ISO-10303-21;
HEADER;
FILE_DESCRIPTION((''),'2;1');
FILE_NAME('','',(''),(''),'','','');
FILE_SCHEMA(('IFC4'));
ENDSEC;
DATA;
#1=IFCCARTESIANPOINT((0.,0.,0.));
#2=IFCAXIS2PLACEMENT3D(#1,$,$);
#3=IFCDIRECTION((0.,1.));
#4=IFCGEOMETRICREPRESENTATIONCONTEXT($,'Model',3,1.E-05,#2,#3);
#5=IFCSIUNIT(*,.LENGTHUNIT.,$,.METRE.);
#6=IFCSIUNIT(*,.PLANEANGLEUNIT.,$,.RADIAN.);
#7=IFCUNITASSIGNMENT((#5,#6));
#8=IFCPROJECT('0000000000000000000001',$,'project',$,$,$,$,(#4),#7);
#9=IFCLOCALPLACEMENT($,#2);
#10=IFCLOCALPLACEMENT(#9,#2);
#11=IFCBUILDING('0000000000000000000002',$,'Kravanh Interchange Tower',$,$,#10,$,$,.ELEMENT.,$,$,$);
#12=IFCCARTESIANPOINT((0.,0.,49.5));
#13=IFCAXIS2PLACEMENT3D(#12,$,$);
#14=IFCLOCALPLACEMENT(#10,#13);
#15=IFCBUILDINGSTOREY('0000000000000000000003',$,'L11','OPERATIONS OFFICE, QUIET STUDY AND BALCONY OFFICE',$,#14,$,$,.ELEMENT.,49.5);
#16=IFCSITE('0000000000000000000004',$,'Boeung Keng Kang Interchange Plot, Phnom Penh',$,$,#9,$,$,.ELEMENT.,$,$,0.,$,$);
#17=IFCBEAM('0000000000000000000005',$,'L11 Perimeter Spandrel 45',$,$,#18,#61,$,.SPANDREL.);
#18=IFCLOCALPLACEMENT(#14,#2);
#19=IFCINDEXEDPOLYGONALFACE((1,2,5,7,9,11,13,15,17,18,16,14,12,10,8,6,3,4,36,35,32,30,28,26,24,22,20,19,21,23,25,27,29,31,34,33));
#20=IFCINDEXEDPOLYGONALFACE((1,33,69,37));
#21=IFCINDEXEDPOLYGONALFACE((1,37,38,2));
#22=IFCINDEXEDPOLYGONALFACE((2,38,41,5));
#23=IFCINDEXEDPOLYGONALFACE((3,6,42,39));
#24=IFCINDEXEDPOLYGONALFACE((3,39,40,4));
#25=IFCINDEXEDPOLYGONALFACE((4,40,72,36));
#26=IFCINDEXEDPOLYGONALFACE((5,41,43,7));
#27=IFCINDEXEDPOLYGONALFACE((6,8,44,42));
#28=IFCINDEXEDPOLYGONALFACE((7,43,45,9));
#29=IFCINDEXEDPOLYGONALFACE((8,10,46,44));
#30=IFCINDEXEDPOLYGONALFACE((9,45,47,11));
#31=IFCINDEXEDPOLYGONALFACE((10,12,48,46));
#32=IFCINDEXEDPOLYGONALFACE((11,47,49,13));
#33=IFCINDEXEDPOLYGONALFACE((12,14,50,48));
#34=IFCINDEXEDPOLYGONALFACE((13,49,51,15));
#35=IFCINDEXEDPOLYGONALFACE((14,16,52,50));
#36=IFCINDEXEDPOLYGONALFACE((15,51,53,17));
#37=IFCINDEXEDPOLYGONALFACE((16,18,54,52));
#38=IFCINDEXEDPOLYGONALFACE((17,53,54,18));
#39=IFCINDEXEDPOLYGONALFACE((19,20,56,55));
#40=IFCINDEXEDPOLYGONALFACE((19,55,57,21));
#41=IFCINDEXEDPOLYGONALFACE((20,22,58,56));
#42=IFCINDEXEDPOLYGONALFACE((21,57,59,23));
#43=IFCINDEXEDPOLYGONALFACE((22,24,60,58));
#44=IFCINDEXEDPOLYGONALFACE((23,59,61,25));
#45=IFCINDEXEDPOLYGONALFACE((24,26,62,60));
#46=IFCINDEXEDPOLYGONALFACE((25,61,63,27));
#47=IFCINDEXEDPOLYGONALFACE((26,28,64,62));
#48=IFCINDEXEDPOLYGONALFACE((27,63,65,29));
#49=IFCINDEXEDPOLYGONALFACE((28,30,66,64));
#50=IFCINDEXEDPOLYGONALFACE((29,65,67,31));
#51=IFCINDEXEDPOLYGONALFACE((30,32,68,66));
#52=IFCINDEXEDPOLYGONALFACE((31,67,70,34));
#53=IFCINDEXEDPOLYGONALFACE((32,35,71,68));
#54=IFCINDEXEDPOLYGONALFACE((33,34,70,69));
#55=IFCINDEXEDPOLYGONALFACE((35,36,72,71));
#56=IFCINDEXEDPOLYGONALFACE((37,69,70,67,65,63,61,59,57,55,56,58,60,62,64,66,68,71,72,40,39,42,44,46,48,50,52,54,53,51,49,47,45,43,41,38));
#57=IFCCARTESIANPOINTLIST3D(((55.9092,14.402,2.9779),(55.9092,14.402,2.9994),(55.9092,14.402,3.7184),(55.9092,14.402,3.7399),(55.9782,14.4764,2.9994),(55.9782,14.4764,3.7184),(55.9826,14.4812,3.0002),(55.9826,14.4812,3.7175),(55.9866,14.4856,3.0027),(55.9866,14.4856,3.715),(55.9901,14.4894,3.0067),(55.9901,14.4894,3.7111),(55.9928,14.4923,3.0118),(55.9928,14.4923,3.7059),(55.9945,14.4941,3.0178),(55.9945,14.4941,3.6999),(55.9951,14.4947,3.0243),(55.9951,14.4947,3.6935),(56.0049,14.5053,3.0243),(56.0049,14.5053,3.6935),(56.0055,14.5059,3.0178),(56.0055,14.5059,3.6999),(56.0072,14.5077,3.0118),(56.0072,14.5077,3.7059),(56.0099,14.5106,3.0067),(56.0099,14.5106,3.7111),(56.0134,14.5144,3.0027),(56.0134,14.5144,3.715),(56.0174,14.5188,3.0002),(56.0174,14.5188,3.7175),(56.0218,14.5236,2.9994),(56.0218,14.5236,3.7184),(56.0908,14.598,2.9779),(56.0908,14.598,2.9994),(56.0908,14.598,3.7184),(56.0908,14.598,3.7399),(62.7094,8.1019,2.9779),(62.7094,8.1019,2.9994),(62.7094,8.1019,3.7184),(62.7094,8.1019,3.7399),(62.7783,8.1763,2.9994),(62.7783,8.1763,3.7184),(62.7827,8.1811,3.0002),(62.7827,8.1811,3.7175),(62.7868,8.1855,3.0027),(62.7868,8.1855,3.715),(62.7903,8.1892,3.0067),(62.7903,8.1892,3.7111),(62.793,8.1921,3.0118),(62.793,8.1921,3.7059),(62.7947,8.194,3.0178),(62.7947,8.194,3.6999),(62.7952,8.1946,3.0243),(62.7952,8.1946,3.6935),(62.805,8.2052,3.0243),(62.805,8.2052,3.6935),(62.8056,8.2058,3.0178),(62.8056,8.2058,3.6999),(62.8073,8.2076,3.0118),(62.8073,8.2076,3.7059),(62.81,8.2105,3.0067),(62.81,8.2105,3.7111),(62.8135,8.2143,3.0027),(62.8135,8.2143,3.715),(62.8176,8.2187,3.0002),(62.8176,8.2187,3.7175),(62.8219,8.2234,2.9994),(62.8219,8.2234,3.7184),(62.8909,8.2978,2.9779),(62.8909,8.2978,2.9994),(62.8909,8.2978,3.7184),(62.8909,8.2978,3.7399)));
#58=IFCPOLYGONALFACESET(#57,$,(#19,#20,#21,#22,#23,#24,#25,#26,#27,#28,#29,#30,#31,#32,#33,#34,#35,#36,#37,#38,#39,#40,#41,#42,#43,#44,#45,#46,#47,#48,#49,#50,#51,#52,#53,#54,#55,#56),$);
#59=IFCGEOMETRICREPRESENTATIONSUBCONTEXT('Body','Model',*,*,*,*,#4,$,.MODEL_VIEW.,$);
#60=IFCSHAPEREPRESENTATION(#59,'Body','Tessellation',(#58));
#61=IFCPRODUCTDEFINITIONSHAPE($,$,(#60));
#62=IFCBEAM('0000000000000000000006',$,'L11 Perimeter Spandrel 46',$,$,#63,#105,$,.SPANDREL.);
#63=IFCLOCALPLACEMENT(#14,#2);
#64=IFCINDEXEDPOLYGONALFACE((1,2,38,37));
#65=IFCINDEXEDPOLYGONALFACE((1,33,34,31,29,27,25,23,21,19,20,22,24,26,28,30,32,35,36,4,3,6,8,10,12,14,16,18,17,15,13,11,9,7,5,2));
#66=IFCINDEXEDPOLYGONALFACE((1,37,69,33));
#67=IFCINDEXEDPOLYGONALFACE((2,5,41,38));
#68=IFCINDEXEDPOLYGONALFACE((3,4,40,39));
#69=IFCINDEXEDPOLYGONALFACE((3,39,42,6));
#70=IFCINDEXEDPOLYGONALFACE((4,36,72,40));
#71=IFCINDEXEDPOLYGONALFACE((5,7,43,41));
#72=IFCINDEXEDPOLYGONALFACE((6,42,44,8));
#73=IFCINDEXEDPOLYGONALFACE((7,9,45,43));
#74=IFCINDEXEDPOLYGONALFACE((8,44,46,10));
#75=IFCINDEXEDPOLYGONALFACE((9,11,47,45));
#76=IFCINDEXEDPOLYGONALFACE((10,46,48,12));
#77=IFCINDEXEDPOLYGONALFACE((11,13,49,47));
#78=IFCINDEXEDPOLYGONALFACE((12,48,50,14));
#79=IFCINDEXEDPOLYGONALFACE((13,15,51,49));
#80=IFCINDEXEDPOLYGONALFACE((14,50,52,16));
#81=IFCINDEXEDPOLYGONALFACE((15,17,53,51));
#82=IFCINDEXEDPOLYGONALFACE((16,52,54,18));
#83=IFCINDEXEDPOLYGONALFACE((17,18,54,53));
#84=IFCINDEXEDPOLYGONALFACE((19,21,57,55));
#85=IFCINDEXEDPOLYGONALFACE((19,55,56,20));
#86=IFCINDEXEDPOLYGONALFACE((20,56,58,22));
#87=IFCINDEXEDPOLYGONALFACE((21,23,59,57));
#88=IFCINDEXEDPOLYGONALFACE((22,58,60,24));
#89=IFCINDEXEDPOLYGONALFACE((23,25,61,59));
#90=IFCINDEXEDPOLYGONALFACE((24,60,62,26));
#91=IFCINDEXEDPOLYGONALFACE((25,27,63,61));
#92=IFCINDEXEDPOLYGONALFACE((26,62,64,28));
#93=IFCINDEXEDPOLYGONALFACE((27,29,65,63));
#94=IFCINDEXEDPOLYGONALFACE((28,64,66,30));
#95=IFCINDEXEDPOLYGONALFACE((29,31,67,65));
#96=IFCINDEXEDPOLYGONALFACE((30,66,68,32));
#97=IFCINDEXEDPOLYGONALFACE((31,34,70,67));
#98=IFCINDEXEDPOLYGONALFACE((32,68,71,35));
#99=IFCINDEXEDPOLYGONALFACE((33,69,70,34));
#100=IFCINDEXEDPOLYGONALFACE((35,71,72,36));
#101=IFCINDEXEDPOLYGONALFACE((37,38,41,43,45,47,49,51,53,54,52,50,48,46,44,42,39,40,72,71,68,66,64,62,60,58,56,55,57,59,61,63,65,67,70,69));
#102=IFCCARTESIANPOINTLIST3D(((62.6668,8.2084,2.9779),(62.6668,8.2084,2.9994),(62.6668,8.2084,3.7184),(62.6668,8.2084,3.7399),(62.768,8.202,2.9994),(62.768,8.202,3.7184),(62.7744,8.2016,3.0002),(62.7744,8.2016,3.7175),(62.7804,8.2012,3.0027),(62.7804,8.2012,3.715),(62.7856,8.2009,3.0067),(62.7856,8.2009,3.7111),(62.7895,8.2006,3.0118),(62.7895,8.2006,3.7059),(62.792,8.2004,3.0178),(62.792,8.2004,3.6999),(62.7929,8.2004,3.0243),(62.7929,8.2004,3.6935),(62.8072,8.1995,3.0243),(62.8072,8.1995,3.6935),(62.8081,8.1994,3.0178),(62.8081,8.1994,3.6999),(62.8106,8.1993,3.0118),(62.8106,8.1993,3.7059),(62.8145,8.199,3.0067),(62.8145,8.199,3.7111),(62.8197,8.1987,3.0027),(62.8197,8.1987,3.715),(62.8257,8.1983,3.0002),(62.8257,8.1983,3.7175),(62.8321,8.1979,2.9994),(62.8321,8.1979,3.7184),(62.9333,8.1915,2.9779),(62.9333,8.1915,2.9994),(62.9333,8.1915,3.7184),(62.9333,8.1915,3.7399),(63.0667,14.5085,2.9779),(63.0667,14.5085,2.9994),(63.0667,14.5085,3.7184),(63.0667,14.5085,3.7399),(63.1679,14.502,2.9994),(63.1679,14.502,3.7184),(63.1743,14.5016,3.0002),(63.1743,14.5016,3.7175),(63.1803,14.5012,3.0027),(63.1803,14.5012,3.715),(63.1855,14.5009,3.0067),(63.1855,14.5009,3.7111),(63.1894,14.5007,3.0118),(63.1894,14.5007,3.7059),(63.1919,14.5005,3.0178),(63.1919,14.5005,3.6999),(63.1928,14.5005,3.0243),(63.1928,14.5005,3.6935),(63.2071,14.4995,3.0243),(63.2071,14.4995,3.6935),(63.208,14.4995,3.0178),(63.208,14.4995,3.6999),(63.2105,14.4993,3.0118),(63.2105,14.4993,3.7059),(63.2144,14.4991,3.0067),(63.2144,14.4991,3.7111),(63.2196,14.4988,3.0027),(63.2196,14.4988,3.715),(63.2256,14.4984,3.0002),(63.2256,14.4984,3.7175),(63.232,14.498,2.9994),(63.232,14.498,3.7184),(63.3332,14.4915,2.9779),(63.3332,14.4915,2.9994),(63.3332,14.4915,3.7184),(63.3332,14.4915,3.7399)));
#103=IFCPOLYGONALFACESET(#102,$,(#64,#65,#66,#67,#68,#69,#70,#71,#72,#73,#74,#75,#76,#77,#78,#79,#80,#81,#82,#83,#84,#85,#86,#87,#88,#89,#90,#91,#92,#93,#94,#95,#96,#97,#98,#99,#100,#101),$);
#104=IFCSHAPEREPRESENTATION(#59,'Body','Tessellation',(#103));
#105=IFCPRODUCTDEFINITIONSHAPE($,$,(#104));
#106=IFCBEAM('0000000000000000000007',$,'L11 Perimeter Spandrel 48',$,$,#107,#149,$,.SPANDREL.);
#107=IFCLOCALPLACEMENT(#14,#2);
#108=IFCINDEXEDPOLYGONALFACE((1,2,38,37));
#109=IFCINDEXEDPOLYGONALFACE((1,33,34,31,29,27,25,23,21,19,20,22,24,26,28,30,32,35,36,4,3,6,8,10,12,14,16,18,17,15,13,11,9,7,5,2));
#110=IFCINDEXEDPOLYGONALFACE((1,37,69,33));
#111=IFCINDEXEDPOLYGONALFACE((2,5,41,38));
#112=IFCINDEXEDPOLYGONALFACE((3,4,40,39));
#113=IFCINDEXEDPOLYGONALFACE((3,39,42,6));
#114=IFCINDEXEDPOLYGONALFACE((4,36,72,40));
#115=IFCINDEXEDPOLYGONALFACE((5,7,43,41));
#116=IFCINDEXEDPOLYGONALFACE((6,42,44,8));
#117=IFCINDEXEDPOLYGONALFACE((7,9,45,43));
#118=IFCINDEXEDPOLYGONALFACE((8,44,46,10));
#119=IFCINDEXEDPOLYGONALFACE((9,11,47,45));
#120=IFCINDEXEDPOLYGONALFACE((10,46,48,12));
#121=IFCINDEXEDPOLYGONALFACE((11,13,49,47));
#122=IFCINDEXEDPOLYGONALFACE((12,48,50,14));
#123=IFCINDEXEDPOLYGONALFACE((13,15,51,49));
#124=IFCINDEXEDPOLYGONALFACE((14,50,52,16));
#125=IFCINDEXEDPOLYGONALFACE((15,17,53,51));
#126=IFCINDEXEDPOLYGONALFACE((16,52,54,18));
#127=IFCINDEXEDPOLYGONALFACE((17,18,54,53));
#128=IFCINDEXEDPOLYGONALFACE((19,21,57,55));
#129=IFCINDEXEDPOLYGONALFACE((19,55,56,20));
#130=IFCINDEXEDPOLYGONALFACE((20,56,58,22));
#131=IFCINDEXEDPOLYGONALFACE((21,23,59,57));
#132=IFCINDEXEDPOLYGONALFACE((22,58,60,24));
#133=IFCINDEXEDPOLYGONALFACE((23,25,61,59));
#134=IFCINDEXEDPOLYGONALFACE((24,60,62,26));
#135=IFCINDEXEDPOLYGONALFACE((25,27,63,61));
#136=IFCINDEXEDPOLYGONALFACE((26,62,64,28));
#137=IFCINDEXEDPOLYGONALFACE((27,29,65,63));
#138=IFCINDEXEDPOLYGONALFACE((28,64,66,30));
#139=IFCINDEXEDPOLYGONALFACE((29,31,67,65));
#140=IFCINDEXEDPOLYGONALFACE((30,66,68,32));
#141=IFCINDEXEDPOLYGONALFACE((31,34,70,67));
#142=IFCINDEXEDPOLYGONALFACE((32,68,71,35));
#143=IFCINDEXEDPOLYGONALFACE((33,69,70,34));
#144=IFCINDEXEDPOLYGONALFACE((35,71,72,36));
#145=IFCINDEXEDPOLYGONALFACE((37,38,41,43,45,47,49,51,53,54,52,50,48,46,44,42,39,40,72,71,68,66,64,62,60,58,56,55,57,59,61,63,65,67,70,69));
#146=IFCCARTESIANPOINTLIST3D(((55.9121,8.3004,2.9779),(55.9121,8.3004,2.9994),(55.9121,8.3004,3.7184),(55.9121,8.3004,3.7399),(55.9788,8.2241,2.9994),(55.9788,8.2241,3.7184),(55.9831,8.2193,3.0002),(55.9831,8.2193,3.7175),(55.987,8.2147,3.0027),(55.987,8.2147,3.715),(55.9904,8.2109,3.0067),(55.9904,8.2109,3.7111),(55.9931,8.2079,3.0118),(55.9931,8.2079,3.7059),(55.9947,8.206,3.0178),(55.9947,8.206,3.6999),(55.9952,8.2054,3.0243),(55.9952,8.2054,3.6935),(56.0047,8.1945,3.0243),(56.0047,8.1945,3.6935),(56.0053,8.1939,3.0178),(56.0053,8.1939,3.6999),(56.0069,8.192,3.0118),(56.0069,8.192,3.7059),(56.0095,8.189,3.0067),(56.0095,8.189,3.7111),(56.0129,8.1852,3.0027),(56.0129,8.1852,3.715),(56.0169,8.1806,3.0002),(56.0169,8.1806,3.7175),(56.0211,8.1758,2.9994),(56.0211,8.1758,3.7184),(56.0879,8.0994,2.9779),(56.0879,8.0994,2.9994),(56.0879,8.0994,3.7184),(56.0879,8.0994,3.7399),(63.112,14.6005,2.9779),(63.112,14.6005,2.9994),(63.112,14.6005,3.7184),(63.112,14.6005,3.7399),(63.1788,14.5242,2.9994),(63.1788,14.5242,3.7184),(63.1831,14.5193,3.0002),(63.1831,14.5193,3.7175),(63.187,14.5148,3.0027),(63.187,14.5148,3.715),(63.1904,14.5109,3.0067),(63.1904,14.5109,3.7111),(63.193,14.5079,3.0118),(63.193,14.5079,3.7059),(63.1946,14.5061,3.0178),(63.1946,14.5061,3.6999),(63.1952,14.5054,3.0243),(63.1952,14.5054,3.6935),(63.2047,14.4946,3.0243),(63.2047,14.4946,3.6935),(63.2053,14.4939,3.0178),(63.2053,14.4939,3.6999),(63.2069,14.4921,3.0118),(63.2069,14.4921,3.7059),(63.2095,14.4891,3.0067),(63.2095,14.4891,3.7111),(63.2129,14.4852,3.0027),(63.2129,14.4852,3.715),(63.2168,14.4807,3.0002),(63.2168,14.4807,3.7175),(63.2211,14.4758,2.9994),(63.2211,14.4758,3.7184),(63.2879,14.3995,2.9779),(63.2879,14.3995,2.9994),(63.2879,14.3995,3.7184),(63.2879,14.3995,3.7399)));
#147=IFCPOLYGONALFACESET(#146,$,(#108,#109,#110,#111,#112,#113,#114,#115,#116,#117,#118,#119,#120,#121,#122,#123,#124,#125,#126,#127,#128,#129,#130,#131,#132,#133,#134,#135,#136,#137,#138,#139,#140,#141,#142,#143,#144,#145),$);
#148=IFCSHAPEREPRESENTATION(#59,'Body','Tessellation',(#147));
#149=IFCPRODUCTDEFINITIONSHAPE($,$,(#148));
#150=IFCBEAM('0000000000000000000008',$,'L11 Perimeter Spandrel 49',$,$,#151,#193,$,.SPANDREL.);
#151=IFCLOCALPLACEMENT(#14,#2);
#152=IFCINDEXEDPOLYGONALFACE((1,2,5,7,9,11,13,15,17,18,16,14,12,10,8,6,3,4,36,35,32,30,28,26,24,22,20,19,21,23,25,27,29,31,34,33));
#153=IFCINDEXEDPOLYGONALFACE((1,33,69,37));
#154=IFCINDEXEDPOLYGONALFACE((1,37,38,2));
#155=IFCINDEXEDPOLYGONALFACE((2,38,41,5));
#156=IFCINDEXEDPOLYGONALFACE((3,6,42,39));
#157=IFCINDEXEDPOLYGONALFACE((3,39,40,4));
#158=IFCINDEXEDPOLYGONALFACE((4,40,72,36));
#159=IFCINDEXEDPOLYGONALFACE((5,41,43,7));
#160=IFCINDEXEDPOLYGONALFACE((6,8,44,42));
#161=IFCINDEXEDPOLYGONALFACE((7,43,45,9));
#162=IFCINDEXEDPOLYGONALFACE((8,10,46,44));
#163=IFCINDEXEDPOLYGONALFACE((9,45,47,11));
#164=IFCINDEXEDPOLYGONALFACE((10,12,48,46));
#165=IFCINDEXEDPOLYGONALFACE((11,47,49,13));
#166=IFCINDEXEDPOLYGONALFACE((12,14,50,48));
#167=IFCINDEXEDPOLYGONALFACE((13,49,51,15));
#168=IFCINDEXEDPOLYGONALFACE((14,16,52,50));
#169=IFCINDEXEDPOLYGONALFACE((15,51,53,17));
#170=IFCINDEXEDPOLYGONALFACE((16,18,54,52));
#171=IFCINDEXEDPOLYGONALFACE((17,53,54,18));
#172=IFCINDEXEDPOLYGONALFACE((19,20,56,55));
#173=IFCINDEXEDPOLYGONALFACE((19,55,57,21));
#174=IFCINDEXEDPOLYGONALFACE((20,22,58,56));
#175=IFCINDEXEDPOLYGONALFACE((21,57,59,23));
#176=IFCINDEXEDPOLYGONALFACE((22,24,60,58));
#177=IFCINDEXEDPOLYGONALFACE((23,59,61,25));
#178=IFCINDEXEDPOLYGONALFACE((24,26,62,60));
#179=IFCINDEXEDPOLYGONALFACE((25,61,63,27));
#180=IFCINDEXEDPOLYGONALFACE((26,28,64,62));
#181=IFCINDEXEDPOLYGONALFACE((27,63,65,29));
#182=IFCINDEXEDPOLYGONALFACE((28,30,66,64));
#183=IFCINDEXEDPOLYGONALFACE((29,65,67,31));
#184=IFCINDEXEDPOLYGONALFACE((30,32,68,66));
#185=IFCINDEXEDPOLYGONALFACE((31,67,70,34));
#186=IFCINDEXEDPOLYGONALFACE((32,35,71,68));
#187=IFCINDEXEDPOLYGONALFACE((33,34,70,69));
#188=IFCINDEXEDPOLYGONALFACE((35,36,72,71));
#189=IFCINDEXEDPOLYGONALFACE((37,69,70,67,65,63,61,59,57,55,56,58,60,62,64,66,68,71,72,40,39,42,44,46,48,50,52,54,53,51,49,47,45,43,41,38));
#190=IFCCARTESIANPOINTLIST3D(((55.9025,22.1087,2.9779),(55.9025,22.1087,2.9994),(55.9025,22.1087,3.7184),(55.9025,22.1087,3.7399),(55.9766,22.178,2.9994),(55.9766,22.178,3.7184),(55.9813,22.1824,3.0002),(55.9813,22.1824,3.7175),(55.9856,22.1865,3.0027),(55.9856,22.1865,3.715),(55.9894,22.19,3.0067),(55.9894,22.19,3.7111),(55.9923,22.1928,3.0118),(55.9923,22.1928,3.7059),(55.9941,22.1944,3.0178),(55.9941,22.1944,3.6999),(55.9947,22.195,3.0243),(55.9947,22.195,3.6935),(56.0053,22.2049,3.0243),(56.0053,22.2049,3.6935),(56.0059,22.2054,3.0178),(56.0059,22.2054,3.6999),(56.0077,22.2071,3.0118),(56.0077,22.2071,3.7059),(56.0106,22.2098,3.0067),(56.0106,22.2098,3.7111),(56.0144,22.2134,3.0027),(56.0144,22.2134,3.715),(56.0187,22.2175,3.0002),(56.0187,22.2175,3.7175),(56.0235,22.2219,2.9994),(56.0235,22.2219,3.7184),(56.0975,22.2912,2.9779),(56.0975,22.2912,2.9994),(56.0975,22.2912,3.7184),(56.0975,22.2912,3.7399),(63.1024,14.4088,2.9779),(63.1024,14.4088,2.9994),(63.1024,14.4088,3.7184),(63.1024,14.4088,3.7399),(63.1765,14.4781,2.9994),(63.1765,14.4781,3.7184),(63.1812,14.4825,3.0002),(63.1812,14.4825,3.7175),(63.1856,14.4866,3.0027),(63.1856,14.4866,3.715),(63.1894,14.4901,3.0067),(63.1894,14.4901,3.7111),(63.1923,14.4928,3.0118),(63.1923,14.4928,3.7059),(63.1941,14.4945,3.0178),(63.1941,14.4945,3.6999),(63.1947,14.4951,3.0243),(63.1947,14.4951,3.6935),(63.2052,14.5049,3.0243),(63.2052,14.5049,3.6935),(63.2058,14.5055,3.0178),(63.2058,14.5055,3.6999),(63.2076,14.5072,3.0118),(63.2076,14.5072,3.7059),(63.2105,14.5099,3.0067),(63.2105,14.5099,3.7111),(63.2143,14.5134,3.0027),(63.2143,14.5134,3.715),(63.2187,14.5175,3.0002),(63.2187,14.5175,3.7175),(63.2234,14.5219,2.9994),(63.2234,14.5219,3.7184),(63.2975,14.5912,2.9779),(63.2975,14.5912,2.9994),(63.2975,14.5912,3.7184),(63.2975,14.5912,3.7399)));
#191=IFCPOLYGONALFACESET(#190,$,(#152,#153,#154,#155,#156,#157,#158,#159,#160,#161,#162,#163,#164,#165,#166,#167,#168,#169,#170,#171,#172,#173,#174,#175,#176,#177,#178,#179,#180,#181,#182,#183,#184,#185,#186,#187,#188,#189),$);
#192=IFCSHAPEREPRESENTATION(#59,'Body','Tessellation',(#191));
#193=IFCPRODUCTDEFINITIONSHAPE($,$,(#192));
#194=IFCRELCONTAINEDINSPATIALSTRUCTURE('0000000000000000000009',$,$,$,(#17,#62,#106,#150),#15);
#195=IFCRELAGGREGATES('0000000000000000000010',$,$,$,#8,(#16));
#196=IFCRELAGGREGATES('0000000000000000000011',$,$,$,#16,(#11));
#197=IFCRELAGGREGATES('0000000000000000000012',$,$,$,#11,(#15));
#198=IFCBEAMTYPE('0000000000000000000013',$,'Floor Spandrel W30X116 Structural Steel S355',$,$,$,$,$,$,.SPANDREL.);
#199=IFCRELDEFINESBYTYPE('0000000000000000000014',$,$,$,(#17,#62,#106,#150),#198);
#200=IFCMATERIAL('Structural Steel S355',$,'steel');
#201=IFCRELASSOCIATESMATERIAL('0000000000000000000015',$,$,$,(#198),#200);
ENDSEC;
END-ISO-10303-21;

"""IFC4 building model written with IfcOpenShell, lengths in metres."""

from ifc_helpers import new_model, si_unit, direction, frame, origin, origin_2d, place, context, subcontext, project, spatial, i_section, extrude, material, material_profile, profile_set, type_object, element, save


model = new_model("IFC4")

# Units and contexts
model_context = context("Model", 3, precision=1e-05, world=origin(), true_north=direction((0.0, 1.0)))
body_context = subcontext(model_context, "Body", "Model", "MODEL_VIEW")
ifc_project = project(units=[si_unit("LENGTHUNIT", "METRE"), si_unit("PLANEANGLEUNIT", "RADIAN")], contexts=[model_context])

# Site, building, storey
site_placement = place(None, origin())
site = spatial("IfcSite", under=ifc_project, at=site_placement, Name="Boeung Keng Kang Interchange Plot, Phnom Penh", CompositionType="ELEMENT", RefElevation=0.0)
building_placement = place(site_placement, origin())
building = spatial("IfcBuilding", under=site, at=building_placement, Name="Kravanh Interchange Tower", CompositionType="ELEMENT")
storey_placement = place(building_placement, frame((0.0, 0.0, 49.5)))
storey = spatial("IfcBuildingStorey", under=building, at=storey_placement, Name="L11", Description="OPERATIONS OFFICE, QUIET STUDY AND BALCONY OFFICE", CompositionType="ELEMENT", Elevation=49.5)

# Beams
ifc_material_1 = material(Name="Structural Steel S355", Category="steel")
ifc_material_profile_1 = material_profile(ifc_material_1, i_section(OverallWidth=0.2671, OverallDepth=0.762, WebThickness=0.0144, FlangeThickness=0.0215, FilletRadius=0.0249, at=origin_2d()), Name="W30X116")
ifc_profile_set_1 = profile_set([ifc_material_profile_1], Name="Structural Steel S355")
beam_type_1 = type_object("IfcBeamType", Name="Floor Spandrel W30X116 Structural Steel S355", PredefinedType="SPANDREL", material=ifc_profile_set_1)
beam_1_placement = place(storey_placement, frame((56.0, 14.5, 3.3589), z_axis=(0.733561, -0.679623, 0.0), x_axis=(0.679623, 0.733561, 0.0)))
element("IfcBeam", 1, at=beam_1_placement, inside=storey, type_object=beam_type_1, Name="L11 Perimeter Spandrel 45", PredefinedType="SPANDREL", context=body_context, shape_type="SweptSolid", body=[
    extrude(i_section(OverallWidth=0.2671, OverallDepth=0.762, WebThickness=0.0144, FlangeThickness=0.0215, FilletRadius=0.0249, at=origin_2d()), origin(), (0.0, 0.0, 1.0), 9.27),
])
beam_2_placement = place(storey_placement, frame((63.2, 14.5, 3.3589), z_axis=(-0.063349, -0.997991, 0.0), x_axis=(0.997991, -0.063349, 0.0)))
element("IfcBeam", 2, at=beam_2_placement, inside=storey, type_object=beam_type_1, Name="L11 Perimeter Spandrel 46", PredefinedType="SPANDREL", context=body_context, shape_type="SweptSolid", body=[
    extrude(i_section(OverallWidth=0.2671, OverallDepth=0.762, WebThickness=0.0144, FlangeThickness=0.0215, FilletRadius=0.0249, at=origin_2d()), origin(), (0.0, 0.0, 1.0), 6.3127),
])
beam_3_placement = place(storey_placement, frame((63.2, 14.5, 3.3589), z_axis=(-0.752572, -0.65851, 0.0), x_axis=(0.65851, -0.752572, 0.0)))
element("IfcBeam", 3, at=beam_3_placement, inside=storey, type_object=beam_type_1, Name="L11 Perimeter Spandrel 48", PredefinedType="SPANDREL", context=body_context, shape_type="SweptSolid", body=[
    extrude(i_section(OverallWidth=0.2671, OverallDepth=0.762, WebThickness=0.0144, FlangeThickness=0.0215, FilletRadius=0.0249, at=origin_2d()), origin(), (0.0, 0.0, 1.0), 9.5671),
])
beam_4_placement = place(storey_placement, frame((63.2, 14.5, 3.3589), z_axis=(-0.682994, 0.730424, 0.0), x_axis=(-0.730424, -0.682994, 0.0)))
element("IfcBeam", 4, at=beam_4_placement, inside=storey, type_object=beam_type_1, Name="L11 Perimeter Spandrel 49", PredefinedType="SPANDREL", context=body_context, shape_type="SweptSolid", body=[
    extrude(i_section(OverallWidth=0.2671, OverallDepth=0.762, WebThickness=0.0144, FlangeThickness=0.0215, FilletRadius=0.0249, at=origin_2d()), origin(), (0.0, 0.0, 1.0), 10.5417),
])

save(model, "model.ifc")
